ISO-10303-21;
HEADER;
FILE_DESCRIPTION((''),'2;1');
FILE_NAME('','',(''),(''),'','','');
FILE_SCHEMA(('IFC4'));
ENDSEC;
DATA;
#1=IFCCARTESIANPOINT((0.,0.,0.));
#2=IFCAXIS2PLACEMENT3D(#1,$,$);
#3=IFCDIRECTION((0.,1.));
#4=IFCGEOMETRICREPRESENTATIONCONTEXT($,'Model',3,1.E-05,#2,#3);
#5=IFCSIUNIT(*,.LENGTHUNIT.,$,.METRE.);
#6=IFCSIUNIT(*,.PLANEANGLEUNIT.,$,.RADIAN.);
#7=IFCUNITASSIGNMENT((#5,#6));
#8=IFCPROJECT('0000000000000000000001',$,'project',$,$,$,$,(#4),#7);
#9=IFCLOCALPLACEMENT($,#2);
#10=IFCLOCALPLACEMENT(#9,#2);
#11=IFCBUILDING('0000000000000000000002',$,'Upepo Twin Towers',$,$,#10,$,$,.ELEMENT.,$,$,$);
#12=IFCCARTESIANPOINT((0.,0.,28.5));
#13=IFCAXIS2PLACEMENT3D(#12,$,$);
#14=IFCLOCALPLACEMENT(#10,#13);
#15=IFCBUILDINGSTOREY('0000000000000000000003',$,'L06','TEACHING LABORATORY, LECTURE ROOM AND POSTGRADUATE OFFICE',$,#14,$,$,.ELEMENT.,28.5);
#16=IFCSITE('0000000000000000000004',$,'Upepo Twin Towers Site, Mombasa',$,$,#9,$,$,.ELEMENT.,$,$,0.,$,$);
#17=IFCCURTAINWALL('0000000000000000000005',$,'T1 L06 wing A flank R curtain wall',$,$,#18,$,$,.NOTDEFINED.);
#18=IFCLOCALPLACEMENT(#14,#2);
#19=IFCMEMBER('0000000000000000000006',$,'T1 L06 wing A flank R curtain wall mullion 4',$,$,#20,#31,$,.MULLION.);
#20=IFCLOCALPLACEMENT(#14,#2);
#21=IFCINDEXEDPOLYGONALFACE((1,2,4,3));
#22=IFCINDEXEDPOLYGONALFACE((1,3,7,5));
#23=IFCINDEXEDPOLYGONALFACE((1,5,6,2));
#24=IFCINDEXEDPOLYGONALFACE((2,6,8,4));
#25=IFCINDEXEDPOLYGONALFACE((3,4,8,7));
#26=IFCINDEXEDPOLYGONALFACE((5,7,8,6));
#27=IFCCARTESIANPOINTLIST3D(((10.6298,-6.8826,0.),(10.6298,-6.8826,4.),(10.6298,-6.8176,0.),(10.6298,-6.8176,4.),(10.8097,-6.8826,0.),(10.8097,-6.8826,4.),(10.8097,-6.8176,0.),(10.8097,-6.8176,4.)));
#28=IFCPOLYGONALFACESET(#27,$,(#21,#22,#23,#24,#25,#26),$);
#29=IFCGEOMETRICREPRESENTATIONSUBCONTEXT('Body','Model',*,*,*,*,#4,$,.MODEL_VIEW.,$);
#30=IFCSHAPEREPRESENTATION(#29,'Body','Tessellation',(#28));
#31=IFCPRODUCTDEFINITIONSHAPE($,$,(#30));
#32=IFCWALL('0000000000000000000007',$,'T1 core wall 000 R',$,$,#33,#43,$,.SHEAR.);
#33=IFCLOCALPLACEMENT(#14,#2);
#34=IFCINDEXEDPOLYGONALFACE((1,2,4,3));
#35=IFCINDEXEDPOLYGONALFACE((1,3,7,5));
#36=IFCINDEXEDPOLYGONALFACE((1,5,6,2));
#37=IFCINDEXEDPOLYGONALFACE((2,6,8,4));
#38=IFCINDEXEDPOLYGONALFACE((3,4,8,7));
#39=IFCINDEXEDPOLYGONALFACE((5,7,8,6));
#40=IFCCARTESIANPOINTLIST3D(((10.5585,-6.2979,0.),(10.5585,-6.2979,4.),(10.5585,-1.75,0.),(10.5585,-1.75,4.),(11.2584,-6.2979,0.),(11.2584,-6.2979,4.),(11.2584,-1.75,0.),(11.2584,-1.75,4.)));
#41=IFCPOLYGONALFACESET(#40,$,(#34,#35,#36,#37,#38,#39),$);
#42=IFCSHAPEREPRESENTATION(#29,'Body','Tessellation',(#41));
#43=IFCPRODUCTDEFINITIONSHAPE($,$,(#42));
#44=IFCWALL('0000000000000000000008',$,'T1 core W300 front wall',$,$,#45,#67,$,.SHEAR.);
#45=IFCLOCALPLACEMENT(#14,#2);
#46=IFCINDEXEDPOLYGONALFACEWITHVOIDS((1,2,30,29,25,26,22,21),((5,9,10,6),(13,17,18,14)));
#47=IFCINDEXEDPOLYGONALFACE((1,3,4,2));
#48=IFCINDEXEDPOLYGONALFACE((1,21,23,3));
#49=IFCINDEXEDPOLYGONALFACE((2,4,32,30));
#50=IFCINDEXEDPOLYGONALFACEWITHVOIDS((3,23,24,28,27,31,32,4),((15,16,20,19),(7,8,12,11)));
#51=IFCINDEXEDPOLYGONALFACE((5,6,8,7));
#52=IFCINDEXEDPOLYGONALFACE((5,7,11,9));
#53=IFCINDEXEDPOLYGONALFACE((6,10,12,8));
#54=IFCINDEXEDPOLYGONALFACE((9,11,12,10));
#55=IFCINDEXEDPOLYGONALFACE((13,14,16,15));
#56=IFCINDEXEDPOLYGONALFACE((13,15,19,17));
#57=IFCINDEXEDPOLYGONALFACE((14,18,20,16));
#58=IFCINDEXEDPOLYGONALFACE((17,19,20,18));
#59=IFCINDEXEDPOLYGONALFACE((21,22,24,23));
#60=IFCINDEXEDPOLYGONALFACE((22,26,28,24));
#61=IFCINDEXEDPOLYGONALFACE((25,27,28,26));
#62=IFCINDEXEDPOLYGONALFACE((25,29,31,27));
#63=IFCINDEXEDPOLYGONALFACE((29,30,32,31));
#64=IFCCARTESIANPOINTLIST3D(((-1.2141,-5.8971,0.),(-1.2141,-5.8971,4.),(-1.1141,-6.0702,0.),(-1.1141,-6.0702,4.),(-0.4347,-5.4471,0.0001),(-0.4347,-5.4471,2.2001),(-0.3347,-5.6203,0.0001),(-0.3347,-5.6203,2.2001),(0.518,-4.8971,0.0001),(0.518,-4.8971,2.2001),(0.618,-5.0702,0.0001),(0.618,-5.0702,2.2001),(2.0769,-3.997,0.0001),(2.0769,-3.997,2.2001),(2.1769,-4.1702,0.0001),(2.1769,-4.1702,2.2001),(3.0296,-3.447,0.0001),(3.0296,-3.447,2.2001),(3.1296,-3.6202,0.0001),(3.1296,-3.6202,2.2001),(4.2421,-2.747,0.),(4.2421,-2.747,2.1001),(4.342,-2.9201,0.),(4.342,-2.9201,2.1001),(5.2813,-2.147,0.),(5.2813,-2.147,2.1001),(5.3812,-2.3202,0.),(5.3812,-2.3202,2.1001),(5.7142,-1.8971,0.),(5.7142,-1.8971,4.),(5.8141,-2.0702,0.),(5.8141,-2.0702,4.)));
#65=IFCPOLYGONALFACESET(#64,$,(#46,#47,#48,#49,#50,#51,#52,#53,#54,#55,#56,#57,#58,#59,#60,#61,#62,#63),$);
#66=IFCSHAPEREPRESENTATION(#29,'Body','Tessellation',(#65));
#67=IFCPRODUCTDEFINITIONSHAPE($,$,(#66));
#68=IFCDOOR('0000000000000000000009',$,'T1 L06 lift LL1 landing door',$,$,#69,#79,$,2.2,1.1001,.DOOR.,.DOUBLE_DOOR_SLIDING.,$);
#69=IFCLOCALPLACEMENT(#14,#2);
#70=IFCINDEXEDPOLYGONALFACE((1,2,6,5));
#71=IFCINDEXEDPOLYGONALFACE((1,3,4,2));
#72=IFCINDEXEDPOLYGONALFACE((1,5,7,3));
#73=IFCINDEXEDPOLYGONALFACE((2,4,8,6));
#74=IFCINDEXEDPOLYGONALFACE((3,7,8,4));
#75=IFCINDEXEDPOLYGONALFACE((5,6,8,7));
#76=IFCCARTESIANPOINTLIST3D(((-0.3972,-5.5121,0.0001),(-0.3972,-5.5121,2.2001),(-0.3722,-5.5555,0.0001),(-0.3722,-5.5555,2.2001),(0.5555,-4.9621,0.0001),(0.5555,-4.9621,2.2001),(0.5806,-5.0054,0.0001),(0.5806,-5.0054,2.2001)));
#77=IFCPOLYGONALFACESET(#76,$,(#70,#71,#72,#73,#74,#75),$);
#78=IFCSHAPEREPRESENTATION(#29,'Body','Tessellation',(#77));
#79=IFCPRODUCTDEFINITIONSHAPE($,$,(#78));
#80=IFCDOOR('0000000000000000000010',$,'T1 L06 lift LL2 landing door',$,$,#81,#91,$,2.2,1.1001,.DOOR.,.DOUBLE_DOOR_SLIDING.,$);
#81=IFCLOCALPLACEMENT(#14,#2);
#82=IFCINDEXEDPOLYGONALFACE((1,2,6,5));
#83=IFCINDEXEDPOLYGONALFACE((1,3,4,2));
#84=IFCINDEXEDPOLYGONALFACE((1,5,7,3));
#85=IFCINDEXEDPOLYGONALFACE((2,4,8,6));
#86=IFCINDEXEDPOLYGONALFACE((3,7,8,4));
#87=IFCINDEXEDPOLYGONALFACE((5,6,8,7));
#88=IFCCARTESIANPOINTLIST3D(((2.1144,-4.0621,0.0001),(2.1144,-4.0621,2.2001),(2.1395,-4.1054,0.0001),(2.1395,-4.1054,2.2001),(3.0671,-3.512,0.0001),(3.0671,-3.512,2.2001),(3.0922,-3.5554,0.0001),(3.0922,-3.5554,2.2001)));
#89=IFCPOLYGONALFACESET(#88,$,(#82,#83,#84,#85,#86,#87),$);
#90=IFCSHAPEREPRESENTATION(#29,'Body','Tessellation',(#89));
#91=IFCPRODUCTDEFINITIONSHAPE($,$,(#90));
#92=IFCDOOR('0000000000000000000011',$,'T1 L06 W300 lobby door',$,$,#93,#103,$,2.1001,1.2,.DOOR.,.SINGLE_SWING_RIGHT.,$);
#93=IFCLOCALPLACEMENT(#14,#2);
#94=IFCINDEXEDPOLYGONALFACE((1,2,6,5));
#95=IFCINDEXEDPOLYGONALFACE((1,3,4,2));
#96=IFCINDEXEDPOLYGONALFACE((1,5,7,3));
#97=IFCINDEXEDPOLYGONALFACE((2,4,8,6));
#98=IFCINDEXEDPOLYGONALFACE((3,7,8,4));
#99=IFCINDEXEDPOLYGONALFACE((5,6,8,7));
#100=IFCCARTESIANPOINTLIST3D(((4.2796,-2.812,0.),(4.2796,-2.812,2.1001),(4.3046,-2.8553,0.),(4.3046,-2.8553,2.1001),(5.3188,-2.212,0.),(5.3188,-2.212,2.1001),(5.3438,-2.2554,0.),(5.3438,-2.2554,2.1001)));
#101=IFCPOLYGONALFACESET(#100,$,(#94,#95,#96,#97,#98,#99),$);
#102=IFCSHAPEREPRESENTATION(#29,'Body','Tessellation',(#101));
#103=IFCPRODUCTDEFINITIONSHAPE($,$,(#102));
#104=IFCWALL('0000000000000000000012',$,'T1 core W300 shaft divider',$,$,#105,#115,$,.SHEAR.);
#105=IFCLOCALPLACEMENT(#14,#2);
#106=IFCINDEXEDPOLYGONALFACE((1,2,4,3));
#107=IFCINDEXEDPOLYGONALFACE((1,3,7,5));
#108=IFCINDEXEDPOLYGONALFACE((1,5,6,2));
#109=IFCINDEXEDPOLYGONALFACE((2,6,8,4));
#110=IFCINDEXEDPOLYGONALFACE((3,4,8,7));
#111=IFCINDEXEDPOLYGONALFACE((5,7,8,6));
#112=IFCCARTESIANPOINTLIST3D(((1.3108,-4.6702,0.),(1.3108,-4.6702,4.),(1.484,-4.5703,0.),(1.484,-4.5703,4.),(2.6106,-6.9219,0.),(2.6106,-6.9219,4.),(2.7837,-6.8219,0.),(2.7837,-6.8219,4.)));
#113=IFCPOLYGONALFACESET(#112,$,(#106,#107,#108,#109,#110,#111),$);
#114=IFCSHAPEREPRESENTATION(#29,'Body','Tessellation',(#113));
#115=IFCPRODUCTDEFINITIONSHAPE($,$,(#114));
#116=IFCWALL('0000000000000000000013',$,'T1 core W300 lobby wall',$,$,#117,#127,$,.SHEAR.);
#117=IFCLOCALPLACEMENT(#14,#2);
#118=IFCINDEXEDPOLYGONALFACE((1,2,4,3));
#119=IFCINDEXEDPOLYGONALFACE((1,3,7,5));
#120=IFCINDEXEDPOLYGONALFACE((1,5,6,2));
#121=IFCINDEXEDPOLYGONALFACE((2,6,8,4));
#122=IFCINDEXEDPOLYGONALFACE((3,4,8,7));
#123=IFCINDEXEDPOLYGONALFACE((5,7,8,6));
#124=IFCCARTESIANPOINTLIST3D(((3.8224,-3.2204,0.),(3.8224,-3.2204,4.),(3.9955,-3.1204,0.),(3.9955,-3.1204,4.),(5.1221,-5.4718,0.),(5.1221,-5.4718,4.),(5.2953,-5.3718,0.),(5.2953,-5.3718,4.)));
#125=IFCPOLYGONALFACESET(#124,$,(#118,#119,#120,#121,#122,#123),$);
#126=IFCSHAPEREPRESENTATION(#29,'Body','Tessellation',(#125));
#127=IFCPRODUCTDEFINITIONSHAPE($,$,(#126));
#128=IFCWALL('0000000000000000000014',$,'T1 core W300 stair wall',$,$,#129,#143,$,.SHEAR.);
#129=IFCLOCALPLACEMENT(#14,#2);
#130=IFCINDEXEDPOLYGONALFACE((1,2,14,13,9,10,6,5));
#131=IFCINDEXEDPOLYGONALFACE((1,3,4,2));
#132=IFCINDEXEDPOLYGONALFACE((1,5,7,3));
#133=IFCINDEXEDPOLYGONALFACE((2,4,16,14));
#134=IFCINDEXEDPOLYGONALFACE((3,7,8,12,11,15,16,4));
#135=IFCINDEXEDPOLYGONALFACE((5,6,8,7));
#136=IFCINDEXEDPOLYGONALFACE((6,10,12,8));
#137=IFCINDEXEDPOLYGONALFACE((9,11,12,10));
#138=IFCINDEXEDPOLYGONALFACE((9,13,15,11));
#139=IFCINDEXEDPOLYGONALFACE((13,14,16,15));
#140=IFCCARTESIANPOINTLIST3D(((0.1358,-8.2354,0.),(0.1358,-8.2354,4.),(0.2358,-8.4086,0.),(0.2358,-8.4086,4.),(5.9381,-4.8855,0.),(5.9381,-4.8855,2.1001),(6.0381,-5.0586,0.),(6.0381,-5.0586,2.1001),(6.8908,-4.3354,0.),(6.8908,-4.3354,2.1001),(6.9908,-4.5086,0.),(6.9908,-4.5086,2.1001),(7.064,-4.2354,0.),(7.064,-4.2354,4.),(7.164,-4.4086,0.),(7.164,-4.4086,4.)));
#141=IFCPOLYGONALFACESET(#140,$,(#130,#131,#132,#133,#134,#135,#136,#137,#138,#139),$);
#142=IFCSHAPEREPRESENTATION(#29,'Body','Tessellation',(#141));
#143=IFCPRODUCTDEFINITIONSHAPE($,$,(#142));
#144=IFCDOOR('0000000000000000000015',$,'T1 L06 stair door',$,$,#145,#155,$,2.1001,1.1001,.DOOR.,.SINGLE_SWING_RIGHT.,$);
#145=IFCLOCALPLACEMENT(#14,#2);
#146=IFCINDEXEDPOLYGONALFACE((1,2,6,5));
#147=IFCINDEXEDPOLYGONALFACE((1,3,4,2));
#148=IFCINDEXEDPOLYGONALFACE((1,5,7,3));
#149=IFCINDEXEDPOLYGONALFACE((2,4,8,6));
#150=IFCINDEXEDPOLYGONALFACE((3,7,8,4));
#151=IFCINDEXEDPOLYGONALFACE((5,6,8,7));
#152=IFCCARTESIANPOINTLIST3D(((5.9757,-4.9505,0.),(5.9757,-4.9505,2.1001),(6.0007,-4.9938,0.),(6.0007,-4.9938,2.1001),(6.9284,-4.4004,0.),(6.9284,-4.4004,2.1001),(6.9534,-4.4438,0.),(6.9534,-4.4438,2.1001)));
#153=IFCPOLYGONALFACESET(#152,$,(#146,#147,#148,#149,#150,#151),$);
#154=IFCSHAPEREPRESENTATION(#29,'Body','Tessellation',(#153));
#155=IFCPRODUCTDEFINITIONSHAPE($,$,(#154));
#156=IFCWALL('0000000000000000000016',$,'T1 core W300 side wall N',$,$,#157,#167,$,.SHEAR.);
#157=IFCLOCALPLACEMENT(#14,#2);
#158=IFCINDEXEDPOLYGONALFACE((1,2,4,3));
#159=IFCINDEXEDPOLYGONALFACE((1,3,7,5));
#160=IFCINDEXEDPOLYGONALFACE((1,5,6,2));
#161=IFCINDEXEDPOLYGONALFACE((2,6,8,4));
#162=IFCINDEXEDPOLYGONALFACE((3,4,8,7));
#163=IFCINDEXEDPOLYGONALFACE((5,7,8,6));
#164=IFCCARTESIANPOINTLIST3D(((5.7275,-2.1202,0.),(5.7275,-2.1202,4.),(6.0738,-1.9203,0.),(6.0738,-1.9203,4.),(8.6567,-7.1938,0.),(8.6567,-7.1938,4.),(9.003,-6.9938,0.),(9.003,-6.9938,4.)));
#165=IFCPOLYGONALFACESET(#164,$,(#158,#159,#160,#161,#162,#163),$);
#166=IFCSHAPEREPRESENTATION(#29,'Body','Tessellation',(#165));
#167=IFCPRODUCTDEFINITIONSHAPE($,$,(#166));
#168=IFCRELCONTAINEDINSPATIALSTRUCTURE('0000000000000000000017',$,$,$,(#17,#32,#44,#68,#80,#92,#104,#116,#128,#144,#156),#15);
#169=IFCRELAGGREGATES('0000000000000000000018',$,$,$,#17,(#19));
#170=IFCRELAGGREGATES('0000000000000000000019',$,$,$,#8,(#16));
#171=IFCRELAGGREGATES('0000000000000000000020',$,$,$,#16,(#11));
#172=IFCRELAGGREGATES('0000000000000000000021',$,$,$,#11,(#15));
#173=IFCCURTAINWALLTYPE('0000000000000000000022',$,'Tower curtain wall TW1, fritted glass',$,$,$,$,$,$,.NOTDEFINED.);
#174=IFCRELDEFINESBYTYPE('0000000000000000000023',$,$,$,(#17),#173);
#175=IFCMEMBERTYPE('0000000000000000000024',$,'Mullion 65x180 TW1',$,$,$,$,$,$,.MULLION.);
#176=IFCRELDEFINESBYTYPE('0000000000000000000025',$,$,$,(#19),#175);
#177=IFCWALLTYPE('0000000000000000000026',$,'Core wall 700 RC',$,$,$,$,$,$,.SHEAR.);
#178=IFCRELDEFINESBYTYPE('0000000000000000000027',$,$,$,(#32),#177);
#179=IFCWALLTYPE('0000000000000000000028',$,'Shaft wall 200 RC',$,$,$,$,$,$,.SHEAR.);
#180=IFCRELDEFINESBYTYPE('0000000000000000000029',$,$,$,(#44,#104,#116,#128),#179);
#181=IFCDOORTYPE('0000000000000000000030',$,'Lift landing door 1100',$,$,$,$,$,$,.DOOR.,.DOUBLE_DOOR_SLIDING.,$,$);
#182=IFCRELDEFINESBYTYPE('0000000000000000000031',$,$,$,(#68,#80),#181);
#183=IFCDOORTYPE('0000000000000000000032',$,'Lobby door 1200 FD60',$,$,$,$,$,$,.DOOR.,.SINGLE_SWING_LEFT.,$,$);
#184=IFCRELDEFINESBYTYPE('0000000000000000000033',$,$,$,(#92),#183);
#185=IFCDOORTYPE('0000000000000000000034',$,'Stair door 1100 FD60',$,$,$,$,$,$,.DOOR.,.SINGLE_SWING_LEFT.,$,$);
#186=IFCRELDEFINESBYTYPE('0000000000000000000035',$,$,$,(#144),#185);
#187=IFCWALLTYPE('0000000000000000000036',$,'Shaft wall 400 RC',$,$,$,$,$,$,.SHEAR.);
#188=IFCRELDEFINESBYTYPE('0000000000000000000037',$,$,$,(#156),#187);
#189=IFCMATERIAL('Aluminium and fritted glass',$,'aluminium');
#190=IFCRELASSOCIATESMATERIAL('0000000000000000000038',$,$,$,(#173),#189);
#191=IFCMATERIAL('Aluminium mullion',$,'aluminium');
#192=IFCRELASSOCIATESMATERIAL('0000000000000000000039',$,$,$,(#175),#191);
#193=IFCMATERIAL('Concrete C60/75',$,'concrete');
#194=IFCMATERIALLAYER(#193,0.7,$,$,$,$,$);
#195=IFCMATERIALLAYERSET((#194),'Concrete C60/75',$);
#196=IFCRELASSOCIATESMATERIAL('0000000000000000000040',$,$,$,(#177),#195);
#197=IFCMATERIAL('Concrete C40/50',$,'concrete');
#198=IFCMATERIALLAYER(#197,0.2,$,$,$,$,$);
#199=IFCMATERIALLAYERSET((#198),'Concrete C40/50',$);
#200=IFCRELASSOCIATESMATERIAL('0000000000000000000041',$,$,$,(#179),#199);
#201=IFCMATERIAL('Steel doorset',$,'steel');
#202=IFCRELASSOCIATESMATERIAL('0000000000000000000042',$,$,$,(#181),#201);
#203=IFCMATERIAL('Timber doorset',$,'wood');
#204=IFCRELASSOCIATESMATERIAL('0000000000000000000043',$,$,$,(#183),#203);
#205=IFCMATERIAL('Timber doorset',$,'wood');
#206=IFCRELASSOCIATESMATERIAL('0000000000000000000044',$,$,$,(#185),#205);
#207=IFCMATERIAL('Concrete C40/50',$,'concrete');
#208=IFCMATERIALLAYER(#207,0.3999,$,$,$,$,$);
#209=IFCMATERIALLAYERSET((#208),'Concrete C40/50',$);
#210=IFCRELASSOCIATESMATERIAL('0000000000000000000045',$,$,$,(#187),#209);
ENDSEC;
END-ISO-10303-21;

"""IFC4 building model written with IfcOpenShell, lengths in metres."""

from ifc_helpers import new_model, si_unit, direction, frame, frame_2d, origin, origin_2d, place, context, subcontext, project, spatial, rectangle, extrude, material, layer, layer_set, material_profile, profile_set, type_object, element, fill, aggregate, save


model = new_model("IFC4")

# Units and contexts
model_context = context("Model", 3, precision=1e-05, world=origin(), true_north=direction((0.0, 1.0)))
body_context = subcontext(model_context, "Body", "Model", "MODEL_VIEW")
ifc_project = project(units=[si_unit("LENGTHUNIT", "METRE"), si_unit("PLANEANGLEUNIT", "RADIAN")], contexts=[model_context])

# Site, building, storey
site_placement = place(None, origin())
site = spatial("IfcSite", under=ifc_project, at=site_placement, Name="Upepo Twin Towers Site, Mombasa", CompositionType="ELEMENT", RefElevation=0.0)
building_placement = place(site_placement, origin())
building = spatial("IfcBuilding", under=site, at=building_placement, Name="Upepo Twin Towers", CompositionType="ELEMENT")
storey_placement = place(building_placement, frame((0.0, 0.0, 28.5)))
storey = spatial("IfcBuildingStorey", under=building, at=storey_placement, Name="L06", Description="TEACHING LABORATORY, LECTURE ROOM AND POSTGRADUATE OFFICE", CompositionType="ELEMENT", Elevation=28.5)

# Curtain wall, member
ifc_material_1 = material(Name="Aluminium and fritted glass", Category="aluminium")
curtain_wall_type = type_object("IfcCurtainWallType", Name="Tower curtain wall TW1, fritted glass", PredefinedType="NOTDEFINED", material=ifc_material_1)
curtain_wall_placement = place(storey_placement, origin())
curtain_wall = element("IfcCurtainWall", 1, at=curtain_wall_placement, inside=storey, type_object=curtain_wall_type, Name="T1 L06 wing A flank R curtain wall", PredefinedType="NOTDEFINED")
ifc_material_2 = material(Name="Aluminium mullion", Category="aluminium")
ifc_material_profile = material_profile(ifc_material_2, rectangle(XDim=0.0649, YDim=0.1799, at=origin_2d()), Name="MULLION 65x180")
ifc_profile_set = profile_set([ifc_material_profile], Name="Aluminium mullion")
member_type = type_object("IfcMemberType", Name="Mullion 65x180 TW1", PredefinedType="MULLION", material=ifc_profile_set)
member_placement = place(storey_placement, frame((10.7197, -6.8501, 0.0), z_axis=(0.0, 0.0, 1.0), x_axis=(0.0, -1.0, 0.0)))
member = element("IfcMember", 2, at=member_placement, type_object=member_type, Name="T1 L06 wing A flank R curtain wall mullion 4", PredefinedType="MULLION", context=body_context, shape_type="SweptSolid", body=[
    extrude(rectangle(XDim=0.0649, YDim=0.1799, at=origin_2d()), origin(), (0.0, 0.0, 1.0), 4.0),
])
aggregate(curtain_wall, [member])

# Wall
ifc_material_3 = material(Name="Concrete C60/75", Category="concrete")
ifc_layer_1 = layer(ifc_material_3, 0.7)
ifc_layer_set_1 = layer_set([ifc_layer_1], Name="Concrete C60/75")
wall_type_1 = type_object("IfcWallType", Name="Core wall 700 RC", PredefinedType="SHEAR", material=ifc_layer_set_1)
wall_1_placement = place(storey_placement, frame((10.9084, -6.2979, 0.0), z_axis=(0.0, 0.0, 1.0), x_axis=(0.0, 1.0, 0.0)))
element("IfcWall", 3, at=wall_1_placement, inside=storey, type_object=wall_type_1, Name="T1 core wall 000 R", PredefinedType="SHEAR", context=body_context, shape_type="SweptSolid", body=[
    extrude(rectangle(XDim=4.5479, YDim=0.7, at=frame_2d((2.2739, 0.0))), origin(), (0.0, 0.0, 1.0), 4.0),
])

# Wall, openings, doors
ifc_material_4 = material(Name="Concrete C40/50", Category="concrete")
ifc_layer_2 = layer(ifc_material_4, 0.2)
ifc_layer_set_2 = layer_set([ifc_layer_2], Name="Concrete C40/50")
wall_type_2 = type_object("IfcWallType", Name="Shaft wall 200 RC", PredefinedType="SHEAR", material=ifc_layer_set_2)
wall_2_placement = place(storey_placement, frame((-1.1641, -5.9836, 0.0), z_axis=(0.0, 0.0, 1.0), x_axis=(0.866026, 0.499999, 0.0)))
wall_2 = element("IfcWall", 4, at=wall_2_placement, inside=storey, type_object=wall_type_2, Name="T1 core W300 front wall", PredefinedType="SHEAR", context=body_context, shape_type="SweptSolid", body=[
    extrude(rectangle(XDim=8.0, YDim=0.2, at=frame_2d((4.0, 0.0))), origin(), (0.0, 0.0, 1.0), 4.0),
])
opening_1_placement = place(wall_2_placement, frame((6.3, 0.0, 0.0)))
opening_1 = element("IfcOpeningElement", 5, at=opening_1_placement, cuts=wall_2, PredefinedType="OPENING", context=body_context, shape_type="SweptSolid", body=[
    extrude(rectangle(XDim=1.2, YDim=2.1001, at=frame_2d((0.6001, 1.05))), frame((0.0, 0.1099, 0.0), z_axis=(0.0, -1.0, 0.0), x_axis=(1.0, 0.0, 0.0)), (0.0, 0.0, 1.0), 0.22),
])
opening_2_placement = place(wall_2_placement, frame((0.8999, 0.0, 0.0)))
opening_2 = element("IfcOpeningElement", 6, at=opening_2_placement, cuts=wall_2, PredefinedType="OPENING", context=body_context, shape_type="SweptSolid", body=[
    extrude(rectangle(XDim=1.1001, YDim=2.2, at=frame_2d((0.55, 1.1001))), frame((0.0, 0.1099, 0.0), z_axis=(0.0, -1.0, 0.0), x_axis=(1.0, 0.0, 0.0)), (0.0, 0.0, 1.0), 0.22),
])
opening_3_placement = place(wall_2_placement, frame((3.8, 0.0, 0.0)))
opening_3 = element("IfcOpeningElement", 7, at=opening_3_placement, cuts=wall_2, PredefinedType="OPENING", context=body_context, shape_type="SweptSolid", body=[
    extrude(rectangle(XDim=1.1001, YDim=2.2, at=frame_2d((0.55, 1.1001))), frame((0.0, 0.1099, 0.0), z_axis=(0.0, -1.0, 0.0), x_axis=(1.0, 0.0, 0.0)), (0.0, 0.0, 1.0), 0.22),
])
ifc_material_5 = material(Name="Steel doorset", Category="steel")
door_type_1 = type_object("IfcDoorType", Name="Lift landing door 1100", OperationType="DOUBLE_DOOR_SLIDING", PredefinedType="DOOR", material=ifc_material_5)
door_1_placement = place(opening_2_placement, origin())
door_1 = element("IfcDoor", 8, at=door_1_placement, inside=storey, type_object=door_type_1, Name="T1 L06 lift LL1 landing door", OperationType="DOUBLE_DOOR_SLIDING", OverallHeight=2.2, OverallWidth=1.1001, PredefinedType="DOOR", context=body_context, shape_type="SweptSolid", body=[
    extrude(rectangle(XDim=1.1001, YDim=2.2, at=frame_2d((0.55, 1.1001))), frame((0.0, 0.0249, 0.0), z_axis=(0.0, -1.0, 0.0), x_axis=(1.0, 0.0, 0.0)), (0.0, 0.0, 1.0), 0.05),
])
fill(opening_2, door_1)
door_2_placement = place(opening_3_placement, origin())
door_2 = element("IfcDoor", 9, at=door_2_placement, inside=storey, type_object=door_type_1, Name="T1 L06 lift LL2 landing door", OperationType="DOUBLE_DOOR_SLIDING", OverallHeight=2.2, OverallWidth=1.1001, PredefinedType="DOOR", context=body_context, shape_type="SweptSolid", body=[
    extrude(rectangle(XDim=1.1001, YDim=2.2, at=frame_2d((0.55, 1.1001))), frame((0.0, 0.0249, 0.0), z_axis=(0.0, -1.0, 0.0), x_axis=(1.0, 0.0, 0.0)), (0.0, 0.0, 1.0), 0.05),
])
fill(opening_3, door_2)
ifc_material_6 = material(Name="Timber doorset", Category="wood")
door_type_2 = type_object("IfcDoorType", Name="Lobby door 1200 FD60", OperationType="SINGLE_SWING_LEFT", PredefinedType="DOOR", material=ifc_material_6)
door_3_placement = place(opening_1_placement, origin())
door_3 = element("IfcDoor", 10, at=door_3_placement, inside=storey, type_object=door_type_2, Name="T1 L06 W300 lobby door", OperationType="SINGLE_SWING_RIGHT", OverallHeight=2.1001, OverallWidth=1.2, PredefinedType="DOOR", context=body_context, shape_type="SweptSolid", body=[
    extrude(rectangle(XDim=1.2, YDim=2.1001, at=frame_2d((0.6001, 1.05))), frame((0.0, 0.0249, 0.0), z_axis=(0.0, -1.0, 0.0), x_axis=(1.0, 0.0, 0.0)), (0.0, 0.0, 1.0), 0.05),
])
fill(opening_1, door_3)

# Walls
wall_3_placement = place(storey_placement, frame((1.3975, -4.6204, 0.0), z_axis=(0.0, 0.0, 1.0), x_axis=(0.499937, -0.866062, 0.0)))
element("IfcWall", 11, at=wall_3_placement, inside=storey, type_object=wall_type_2, Name="T1 core W300 shaft divider", PredefinedType="SHEAR", context=body_context, shape_type="SweptSolid", body=[
    extrude(rectangle(XDim=2.5999, YDim=0.2, at=frame_2d((1.2998, 0.0))), origin(), (0.0, 0.0, 1.0), 4.0),
])
wall_4_placement = place(storey_placement, frame((3.9089, -3.1704, 0.0), z_axis=(0.0, 0.0, 1.0), x_axis=(0.499977, -0.866039, 0.0)))
element("IfcWall", 12, at=wall_4_placement, inside=storey, type_object=wall_type_2, Name="T1 core W300 lobby wall", PredefinedType="SHEAR", context=body_context, shape_type="SweptSolid", body=[
    extrude(rectangle(XDim=2.5996, YDim=0.2, at=frame_2d((1.2998, 0.0))), origin(), (0.0, 0.0, 1.0), 4.0),
])

# Wall, opening, door
wall_5_placement = place(storey_placement, frame((0.1858, -8.322, 0.0), z_axis=(0.0, 0.0, 1.0), x_axis=(0.866026, 0.499999, 0.0)))
wall_5 = element("IfcWall", 13, at=wall_5_placement, inside=storey, type_object=wall_type_2, Name="T1 core W300 stair wall", PredefinedType="SHEAR", context=body_context, shape_type="SweptSolid", body=[
    extrude(rectangle(XDim=8.0, YDim=0.2, at=frame_2d((4.0, 0.0))), origin(), (0.0, 0.0, 1.0), 4.0),
])
opening_4_placement = place(wall_5_placement, frame((6.7, 0.0, 0.0)))
opening_4 = element("IfcOpeningElement", 14, at=opening_4_placement, cuts=wall_5, PredefinedType="OPENING", context=body_context, shape_type="SweptSolid", body=[
    extrude(rectangle(XDim=1.1001, YDim=2.1001, at=frame_2d((0.55, 1.05))), frame((0.0, 0.1099, 0.0), z_axis=(0.0, -1.0, 0.0), x_axis=(1.0, 0.0, 0.0)), (0.0, 0.0, 1.0), 0.22),
])
ifc_material_7 = material(Name="Timber doorset", Category="wood")
door_type_3 = type_object("IfcDoorType", Name="Stair door 1100 FD60", OperationType="SINGLE_SWING_LEFT", PredefinedType="DOOR", material=ifc_material_7)
door_4_placement = place(opening_4_placement, origin())
door_4 = element("IfcDoor", 15, at=door_4_placement, inside=storey, type_object=door_type_3, Name="T1 L06 stair door", OperationType="SINGLE_SWING_RIGHT", OverallHeight=2.1001, OverallWidth=1.1001, PredefinedType="DOOR", context=body_context, shape_type="SweptSolid", body=[
    extrude(rectangle(XDim=1.1001, YDim=2.1001, at=frame_2d((0.55, 1.05))), frame((0.0, 0.0249, 0.0), z_axis=(0.0, -1.0, 0.0), x_axis=(1.0, 0.0, 0.0)), (0.0, 0.0, 1.0), 0.05),
])
fill(opening_4, door_4)

# Wall
ifc_material_8 = material(Name="Concrete C40/50", Category="concrete")
ifc_layer_3 = layer(ifc_material_8, 0.3999)
ifc_layer_set_3 = layer_set([ifc_layer_3], Name="Concrete C40/50")
wall_type_3 = type_object("IfcWallType", Name="Shaft wall 400 RC", PredefinedType="SHEAR", material=ifc_layer_set_3)
for number, where, z_axis, x_axis, name in (
    (16, (5.9006, -2.0203, 0.0), (0.0, 0.0, 1.0), (0.500003, -0.866024, 0.0), "T1 core W300 side wall N"),
):
    element("IfcWall", number, at=place(storey_placement, frame(where, z_axis=z_axis, x_axis=x_axis)), inside=storey, type_object=wall_type_3, Name=name, PredefinedType="SHEAR", context=body_context, shape_type="SweptSolid", body=[
        extrude(rectangle(XDim=5.8584, YDim=0.3999, at=frame_2d((2.9292, 0.0))), origin(), (0.0, 0.0, 1.0), 4.0),
    ])

save(model, "model.ifc")
